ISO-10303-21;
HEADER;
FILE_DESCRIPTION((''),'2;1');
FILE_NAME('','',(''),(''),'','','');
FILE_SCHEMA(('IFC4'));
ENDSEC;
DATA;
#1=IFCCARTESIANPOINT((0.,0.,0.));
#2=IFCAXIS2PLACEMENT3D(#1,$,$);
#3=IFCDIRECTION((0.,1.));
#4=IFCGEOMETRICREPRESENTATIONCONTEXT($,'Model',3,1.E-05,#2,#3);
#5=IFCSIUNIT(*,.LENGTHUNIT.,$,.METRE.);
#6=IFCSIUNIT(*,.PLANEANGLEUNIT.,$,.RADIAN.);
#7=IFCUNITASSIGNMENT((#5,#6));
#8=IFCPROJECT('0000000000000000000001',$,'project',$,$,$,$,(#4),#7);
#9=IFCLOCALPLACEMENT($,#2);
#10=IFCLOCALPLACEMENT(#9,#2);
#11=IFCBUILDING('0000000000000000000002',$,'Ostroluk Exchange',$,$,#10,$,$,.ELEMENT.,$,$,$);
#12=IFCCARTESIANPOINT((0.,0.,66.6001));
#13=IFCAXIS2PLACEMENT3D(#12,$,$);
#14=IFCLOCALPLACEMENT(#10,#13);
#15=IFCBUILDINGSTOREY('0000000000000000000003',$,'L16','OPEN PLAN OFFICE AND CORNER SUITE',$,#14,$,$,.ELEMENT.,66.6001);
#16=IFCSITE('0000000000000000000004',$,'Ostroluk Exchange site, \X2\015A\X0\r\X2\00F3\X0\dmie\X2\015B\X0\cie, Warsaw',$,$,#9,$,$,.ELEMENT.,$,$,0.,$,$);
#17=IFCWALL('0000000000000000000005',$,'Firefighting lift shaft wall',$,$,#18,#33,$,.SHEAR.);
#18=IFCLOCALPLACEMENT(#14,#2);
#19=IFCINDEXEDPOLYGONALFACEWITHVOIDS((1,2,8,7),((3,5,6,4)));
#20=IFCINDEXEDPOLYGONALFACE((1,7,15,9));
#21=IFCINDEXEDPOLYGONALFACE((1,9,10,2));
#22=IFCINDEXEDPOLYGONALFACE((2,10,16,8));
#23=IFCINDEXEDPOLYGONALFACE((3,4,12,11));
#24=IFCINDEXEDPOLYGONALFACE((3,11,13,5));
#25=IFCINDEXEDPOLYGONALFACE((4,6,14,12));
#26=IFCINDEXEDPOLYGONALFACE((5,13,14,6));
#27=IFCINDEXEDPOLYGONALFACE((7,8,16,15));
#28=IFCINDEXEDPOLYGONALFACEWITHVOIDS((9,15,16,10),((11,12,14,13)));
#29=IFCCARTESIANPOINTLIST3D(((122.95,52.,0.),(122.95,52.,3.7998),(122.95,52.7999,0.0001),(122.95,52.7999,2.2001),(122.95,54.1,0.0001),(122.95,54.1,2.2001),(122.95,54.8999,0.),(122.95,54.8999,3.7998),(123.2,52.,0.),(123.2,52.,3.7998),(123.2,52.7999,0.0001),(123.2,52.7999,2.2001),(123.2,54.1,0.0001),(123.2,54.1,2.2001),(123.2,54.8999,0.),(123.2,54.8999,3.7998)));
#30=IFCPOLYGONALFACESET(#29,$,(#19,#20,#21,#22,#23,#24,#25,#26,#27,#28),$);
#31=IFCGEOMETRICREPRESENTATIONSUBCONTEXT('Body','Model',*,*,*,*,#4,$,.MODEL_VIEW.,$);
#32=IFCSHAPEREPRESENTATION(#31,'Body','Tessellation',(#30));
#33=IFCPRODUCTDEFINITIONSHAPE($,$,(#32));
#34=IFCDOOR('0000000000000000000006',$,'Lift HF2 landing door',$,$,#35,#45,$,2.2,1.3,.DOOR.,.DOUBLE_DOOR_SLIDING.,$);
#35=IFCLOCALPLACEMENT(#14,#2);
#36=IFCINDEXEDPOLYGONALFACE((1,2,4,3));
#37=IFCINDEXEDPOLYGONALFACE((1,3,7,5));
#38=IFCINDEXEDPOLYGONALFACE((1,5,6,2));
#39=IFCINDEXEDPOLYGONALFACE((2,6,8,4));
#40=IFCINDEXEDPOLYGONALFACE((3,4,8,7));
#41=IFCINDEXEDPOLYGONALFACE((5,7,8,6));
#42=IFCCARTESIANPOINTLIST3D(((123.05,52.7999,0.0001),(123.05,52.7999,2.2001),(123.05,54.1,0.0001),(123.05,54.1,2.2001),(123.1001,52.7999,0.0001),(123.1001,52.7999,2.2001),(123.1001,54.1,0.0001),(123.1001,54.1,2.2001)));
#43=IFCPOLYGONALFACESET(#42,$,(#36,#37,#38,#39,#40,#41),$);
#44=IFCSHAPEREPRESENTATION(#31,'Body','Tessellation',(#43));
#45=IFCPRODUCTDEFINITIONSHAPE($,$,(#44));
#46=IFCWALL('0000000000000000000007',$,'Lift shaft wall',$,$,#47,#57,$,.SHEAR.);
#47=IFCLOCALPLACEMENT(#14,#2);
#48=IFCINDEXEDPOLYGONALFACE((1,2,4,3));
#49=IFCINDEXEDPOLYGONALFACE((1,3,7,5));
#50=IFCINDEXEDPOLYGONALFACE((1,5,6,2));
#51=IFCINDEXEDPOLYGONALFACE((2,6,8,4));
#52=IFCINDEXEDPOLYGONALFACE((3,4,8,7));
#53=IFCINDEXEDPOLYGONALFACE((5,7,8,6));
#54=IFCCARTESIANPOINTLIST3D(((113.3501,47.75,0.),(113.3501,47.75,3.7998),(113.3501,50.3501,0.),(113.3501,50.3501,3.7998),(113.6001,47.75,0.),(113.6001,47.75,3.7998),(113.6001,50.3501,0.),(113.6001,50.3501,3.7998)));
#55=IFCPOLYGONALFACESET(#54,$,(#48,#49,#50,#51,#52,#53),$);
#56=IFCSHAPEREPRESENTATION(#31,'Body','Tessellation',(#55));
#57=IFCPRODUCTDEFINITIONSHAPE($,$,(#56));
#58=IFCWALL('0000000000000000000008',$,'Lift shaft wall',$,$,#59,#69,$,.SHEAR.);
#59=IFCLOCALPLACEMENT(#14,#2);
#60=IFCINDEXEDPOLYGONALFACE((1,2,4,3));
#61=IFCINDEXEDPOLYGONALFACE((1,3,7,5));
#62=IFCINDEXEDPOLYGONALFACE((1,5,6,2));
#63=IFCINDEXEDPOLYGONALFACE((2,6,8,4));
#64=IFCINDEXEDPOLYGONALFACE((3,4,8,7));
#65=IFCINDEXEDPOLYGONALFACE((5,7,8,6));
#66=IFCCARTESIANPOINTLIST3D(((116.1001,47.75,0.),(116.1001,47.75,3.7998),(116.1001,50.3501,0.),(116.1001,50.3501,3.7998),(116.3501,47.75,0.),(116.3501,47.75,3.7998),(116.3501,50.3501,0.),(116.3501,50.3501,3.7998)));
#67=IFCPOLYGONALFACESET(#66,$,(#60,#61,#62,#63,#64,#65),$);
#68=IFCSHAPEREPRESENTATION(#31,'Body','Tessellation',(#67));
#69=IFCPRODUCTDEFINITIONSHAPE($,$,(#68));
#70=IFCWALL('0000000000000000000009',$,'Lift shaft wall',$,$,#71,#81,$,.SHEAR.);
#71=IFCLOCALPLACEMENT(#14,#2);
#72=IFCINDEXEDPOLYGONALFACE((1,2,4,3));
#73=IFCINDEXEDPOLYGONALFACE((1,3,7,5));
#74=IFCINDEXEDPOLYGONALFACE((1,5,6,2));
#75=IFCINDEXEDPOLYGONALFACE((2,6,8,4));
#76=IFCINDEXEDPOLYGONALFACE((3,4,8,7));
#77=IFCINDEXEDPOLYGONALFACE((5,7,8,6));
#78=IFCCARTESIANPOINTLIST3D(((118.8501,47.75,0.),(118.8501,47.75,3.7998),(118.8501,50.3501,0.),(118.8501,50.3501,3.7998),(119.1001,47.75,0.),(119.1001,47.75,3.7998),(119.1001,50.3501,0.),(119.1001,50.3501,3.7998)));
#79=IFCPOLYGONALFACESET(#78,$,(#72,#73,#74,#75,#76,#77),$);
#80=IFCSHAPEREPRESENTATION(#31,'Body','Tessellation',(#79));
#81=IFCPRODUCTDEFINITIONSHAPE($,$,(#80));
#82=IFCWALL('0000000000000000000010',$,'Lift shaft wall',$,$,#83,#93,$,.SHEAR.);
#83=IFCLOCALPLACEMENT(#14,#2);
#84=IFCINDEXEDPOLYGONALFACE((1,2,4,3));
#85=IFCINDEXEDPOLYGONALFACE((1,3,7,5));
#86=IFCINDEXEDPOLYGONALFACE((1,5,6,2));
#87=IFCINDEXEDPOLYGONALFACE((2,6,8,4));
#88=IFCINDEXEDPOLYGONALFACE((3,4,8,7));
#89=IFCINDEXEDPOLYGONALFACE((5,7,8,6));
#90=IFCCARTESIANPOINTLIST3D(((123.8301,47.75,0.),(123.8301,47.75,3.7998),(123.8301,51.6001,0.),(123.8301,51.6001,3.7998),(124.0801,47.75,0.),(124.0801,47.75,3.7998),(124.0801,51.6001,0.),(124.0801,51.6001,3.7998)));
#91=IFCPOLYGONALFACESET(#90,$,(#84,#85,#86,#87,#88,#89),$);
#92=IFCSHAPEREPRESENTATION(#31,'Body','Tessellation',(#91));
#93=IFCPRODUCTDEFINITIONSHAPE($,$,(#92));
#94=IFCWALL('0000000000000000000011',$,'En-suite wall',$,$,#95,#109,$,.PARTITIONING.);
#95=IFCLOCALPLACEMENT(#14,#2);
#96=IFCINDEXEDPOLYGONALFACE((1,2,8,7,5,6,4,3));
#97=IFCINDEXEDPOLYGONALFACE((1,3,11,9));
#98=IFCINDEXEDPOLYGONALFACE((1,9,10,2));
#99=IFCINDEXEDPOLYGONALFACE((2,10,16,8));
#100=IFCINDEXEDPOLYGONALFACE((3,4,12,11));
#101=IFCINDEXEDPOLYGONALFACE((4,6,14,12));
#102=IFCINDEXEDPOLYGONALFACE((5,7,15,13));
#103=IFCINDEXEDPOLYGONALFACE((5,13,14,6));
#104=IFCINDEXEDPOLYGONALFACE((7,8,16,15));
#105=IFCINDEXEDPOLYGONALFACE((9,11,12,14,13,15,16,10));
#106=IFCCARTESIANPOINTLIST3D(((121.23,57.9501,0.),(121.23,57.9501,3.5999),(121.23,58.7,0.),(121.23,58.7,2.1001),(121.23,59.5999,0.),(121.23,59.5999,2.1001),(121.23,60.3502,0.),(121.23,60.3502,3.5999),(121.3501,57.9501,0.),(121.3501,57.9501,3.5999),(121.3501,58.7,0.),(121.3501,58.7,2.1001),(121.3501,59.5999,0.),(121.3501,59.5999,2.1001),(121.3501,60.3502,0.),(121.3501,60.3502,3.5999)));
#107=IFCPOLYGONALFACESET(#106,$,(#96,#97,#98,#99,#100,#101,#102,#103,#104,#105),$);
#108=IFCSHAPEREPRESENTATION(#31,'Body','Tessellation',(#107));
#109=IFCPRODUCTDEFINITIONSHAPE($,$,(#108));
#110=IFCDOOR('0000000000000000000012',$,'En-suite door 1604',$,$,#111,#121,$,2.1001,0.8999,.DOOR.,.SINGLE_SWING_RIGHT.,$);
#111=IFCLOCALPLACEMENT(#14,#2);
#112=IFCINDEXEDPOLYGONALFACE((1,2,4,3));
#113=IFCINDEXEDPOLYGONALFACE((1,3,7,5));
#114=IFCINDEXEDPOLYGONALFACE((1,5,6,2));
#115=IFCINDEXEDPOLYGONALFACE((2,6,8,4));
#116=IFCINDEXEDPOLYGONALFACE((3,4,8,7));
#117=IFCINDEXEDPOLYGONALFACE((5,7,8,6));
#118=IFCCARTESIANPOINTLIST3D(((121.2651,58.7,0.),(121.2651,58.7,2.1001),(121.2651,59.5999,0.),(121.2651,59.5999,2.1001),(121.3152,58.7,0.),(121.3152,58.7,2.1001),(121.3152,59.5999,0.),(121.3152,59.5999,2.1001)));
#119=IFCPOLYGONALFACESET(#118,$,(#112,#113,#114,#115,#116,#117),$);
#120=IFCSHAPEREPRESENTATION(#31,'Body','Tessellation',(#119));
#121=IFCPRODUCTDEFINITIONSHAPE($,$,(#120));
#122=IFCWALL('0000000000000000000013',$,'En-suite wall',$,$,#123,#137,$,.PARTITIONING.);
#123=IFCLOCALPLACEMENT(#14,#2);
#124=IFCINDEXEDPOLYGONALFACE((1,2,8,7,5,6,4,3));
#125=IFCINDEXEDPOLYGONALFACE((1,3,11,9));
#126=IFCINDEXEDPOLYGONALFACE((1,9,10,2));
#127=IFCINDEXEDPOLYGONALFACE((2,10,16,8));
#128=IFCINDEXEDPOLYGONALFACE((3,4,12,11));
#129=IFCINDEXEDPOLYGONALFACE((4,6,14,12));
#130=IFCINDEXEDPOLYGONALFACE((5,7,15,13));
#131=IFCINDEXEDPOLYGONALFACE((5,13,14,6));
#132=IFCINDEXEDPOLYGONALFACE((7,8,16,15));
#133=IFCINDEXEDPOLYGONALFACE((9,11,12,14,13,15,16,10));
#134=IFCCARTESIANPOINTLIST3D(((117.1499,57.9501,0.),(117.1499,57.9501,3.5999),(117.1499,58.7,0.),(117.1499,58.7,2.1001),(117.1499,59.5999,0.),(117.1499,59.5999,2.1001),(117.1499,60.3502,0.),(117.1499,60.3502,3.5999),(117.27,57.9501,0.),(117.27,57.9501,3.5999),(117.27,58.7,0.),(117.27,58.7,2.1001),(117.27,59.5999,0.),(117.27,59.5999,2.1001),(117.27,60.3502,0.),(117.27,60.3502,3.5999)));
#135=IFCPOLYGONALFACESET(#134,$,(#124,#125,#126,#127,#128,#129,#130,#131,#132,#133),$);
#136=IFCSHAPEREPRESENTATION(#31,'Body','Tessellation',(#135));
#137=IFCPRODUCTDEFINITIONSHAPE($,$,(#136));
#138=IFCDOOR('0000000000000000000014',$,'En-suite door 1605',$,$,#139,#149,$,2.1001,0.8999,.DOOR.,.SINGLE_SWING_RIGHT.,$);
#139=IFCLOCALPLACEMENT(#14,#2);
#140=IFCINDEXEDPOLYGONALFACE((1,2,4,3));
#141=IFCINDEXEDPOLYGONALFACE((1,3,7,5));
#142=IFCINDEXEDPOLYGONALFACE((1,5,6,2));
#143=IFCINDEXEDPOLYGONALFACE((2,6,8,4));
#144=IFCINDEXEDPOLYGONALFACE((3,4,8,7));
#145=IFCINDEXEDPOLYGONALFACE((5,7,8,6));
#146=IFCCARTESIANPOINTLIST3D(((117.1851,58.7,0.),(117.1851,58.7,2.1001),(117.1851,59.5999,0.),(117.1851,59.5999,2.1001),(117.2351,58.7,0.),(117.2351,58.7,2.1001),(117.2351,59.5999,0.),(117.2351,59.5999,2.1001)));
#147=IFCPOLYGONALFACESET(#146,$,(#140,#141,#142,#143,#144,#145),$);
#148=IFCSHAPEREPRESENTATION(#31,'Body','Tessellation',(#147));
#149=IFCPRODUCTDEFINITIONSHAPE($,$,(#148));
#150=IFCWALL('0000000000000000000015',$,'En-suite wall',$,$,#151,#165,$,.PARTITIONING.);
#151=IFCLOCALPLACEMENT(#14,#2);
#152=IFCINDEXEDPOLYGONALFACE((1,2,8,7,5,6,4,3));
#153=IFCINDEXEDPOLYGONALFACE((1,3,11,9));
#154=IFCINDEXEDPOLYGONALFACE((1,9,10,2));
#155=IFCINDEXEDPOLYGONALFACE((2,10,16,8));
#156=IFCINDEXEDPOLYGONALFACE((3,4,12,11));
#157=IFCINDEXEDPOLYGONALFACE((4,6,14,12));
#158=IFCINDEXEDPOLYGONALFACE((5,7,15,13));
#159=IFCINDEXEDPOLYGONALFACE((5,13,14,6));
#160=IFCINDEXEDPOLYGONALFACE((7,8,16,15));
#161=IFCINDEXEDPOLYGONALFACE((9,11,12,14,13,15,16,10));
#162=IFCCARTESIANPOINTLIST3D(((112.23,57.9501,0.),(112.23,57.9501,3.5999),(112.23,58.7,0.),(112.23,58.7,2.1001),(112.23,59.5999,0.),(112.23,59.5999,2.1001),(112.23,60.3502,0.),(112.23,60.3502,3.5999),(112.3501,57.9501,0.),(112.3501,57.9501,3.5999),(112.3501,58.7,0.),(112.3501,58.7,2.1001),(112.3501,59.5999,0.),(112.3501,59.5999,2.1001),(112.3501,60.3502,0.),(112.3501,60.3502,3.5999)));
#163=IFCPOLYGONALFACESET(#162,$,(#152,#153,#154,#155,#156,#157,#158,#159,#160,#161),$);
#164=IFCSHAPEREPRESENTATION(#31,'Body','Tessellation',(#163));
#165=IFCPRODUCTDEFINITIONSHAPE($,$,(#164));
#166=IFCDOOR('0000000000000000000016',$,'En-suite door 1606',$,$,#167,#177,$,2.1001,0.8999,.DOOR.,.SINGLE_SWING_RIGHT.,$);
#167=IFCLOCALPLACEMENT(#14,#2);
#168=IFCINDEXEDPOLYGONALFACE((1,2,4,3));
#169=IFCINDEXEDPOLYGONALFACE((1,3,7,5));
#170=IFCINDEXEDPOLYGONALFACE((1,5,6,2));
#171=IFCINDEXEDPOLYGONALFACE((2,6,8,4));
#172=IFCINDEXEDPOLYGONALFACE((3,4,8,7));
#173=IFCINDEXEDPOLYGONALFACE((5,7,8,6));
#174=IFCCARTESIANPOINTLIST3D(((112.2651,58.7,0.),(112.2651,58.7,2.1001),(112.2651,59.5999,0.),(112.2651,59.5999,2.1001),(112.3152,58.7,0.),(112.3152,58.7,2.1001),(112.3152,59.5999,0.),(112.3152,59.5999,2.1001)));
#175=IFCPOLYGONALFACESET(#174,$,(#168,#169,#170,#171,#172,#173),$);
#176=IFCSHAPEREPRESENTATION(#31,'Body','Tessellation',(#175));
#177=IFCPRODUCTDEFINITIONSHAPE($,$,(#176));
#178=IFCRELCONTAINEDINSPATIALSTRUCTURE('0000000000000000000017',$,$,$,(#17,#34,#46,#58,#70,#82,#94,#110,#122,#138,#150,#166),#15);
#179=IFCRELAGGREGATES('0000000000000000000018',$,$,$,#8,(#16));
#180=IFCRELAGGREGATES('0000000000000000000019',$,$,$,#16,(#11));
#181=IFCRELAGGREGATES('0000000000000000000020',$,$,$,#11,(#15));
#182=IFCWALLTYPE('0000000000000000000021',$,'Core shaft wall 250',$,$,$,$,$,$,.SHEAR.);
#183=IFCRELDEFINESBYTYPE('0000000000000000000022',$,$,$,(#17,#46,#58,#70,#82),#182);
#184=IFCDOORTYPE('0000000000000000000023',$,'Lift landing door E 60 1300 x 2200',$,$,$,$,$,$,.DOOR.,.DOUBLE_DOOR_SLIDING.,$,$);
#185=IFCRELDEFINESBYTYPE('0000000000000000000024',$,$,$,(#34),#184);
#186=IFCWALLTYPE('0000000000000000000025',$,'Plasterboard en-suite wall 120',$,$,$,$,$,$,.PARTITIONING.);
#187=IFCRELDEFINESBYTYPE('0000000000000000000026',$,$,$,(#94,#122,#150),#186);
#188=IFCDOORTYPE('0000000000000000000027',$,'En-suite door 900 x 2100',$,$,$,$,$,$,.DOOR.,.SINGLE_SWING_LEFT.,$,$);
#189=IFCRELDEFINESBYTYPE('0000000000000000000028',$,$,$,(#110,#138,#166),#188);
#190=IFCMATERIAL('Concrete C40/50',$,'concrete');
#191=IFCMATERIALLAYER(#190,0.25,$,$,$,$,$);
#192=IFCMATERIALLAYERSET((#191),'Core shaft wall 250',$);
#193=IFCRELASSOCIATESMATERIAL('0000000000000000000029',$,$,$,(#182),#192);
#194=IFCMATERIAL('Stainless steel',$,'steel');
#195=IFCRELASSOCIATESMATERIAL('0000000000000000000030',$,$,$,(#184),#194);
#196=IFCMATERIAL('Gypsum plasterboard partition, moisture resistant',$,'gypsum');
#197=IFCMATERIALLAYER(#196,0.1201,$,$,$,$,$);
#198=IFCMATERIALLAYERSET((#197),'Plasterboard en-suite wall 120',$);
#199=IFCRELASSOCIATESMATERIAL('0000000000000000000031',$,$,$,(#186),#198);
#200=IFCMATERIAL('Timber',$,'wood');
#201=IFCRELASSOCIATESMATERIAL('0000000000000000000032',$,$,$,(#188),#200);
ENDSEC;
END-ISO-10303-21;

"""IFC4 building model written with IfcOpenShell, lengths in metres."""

from ifc_helpers import new_model, si_unit, direction, frame, frame_2d, origin, place, context, subcontext, project, spatial, rectangle, extrude, material, layer, layer_set, type_object, element, fill, save


model = new_model("IFC4")

# Units and contexts
model_context = context("Model", 3, precision=1e-05, world=origin(), true_north=direction((0.0, 1.0)))
body_context = subcontext(model_context, "Body", "Model", "MODEL_VIEW")
ifc_project = project(units=[si_unit("LENGTHUNIT", "METRE"), si_unit("PLANEANGLEUNIT", "RADIAN")], contexts=[model_context])

# Site, building, storey
site_placement = place(None, origin())
site = spatial("IfcSite", under=ifc_project, at=site_placement, Name="Ostroluk Exchange site, Śródmieście, Warsaw", CompositionType="ELEMENT", RefElevation=0.0)
building_placement = place(site_placement, origin())
building = spatial("IfcBuilding", under=site, at=building_placement, Name="Ostroluk Exchange", CompositionType="ELEMENT")
storey_placement = place(building_placement, frame((0.0, 0.0, 66.6001)))
storey = spatial("IfcBuildingStorey", under=building, at=storey_placement, Name="L16", Description="OPEN PLAN OFFICE AND CORNER SUITE", CompositionType="ELEMENT", Elevation=66.6001)

# Shared definitions
ifc_material_1 = material(Name="Concrete C40/50", Category="concrete")
ifc_layer_1 = layer(ifc_material_1, 0.25)
ifc_layer_set_1 = layer_set([ifc_layer_1], Name="Core shaft wall 250")
wall_type_1 = type_object("IfcWallType", Name="Core shaft wall 250", PredefinedType="SHEAR", material=ifc_layer_set_1)

# Wall, opening, door
wall_1_placement = place(storey_placement, frame((123.075, 52.0, 0.0), z_axis=(0.0, 0.0, 1.0), x_axis=(0.0, 1.0, 0.0)))
wall_1 = element("IfcWall", 1, at=wall_1_placement, inside=storey, type_object=wall_type_1, Name="Firefighting lift shaft wall", PredefinedType="SHEAR", context=body_context, shape_type="SweptSolid", body=[
    extrude(rectangle(XDim=2.8999, YDim=0.25, at=frame_2d((1.45, 0.0))), origin(), (0.0, 0.0, 1.0), 3.7998),
])
opening_1_placement = place(wall_1_placement, frame((0.8, 0.0, 0.0)))
opening_1 = element("IfcOpeningElement", 2, at=opening_1_placement, cuts=wall_1, PredefinedType="OPENING", context=body_context, shape_type="SweptSolid", body=[
    extrude(rectangle(XDim=1.3, YDim=2.2, at=frame_2d((0.6499, 1.1001))), frame((0.0, 0.135, 0.0), z_axis=(0.0, -1.0, 0.0), x_axis=(1.0, 0.0, 0.0)), (0.0, 0.0, 1.0), 0.27),
])
ifc_material_2 = material(Name="Stainless steel", Category="steel")
door_type_1 = type_object("IfcDoorType", Name="Lift landing door E 60 1300 x 2200", OperationType="DOUBLE_DOOR_SLIDING", PredefinedType="DOOR", material=ifc_material_2)
door_1_placement = place(opening_1_placement, origin())
door_1 = element("IfcDoor", 3, at=door_1_placement, inside=storey, type_object=door_type_1, Name="Lift HF2 landing door", OperationType="DOUBLE_DOOR_SLIDING", OverallHeight=2.2, OverallWidth=1.3, PredefinedType="DOOR", context=body_context, shape_type="SweptSolid", body=[
    extrude(rectangle(XDim=1.3, YDim=2.2, at=frame_2d((0.6499, 1.1001))), frame((0.0, 0.0249, 0.0), z_axis=(0.0, -1.0, 0.0), x_axis=(1.0, 0.0, 0.0)), (0.0, 0.0, 1.0), 0.05),
])
fill(opening_1, door_1)

# Walls
for number, where, z_axis, x_axis, name in (
    (4, (113.4751, 47.75, 0.0), (0.0, 0.0, 1.0), (0.0, 1.0, 0.0), "Lift shaft wall"),
    (5, (116.2251, 47.75, 0.0), (0.0, 0.0, 1.0), (0.0, 1.0, 0.0), "Lift shaft wall"),
    (6, (118.9751, 47.75, 0.0), (0.0, 0.0, 1.0), (0.0, 1.0, 0.0), "Lift shaft wall"),
):
    element("IfcWall", number, at=place(storey_placement, frame(where, z_axis=z_axis, x_axis=x_axis)), inside=storey, type_object=wall_type_1, Name=name, PredefinedType="SHEAR", context=body_context, shape_type="SweptSolid", body=[
        extrude(rectangle(XDim=2.6001, YDim=0.25, at=frame_2d((1.3, 0.0))), origin(), (0.0, 0.0, 1.0), 3.7998),
    ])
wall_2_placement = place(storey_placement, frame((123.9551, 47.75, 0.0), z_axis=(0.0, 0.0, 1.0), x_axis=(0.0, 1.0, 0.0)))
element("IfcWall", 7, at=wall_2_placement, inside=storey, type_object=wall_type_1, Name="Lift shaft wall", PredefinedType="SHEAR", context=body_context, shape_type="SweptSolid", body=[
    extrude(rectangle(XDim=3.8501, YDim=0.25, at=frame_2d((1.925, 0.0))), origin(), (0.0, 0.0, 1.0), 3.7998),
])

# Walls, openings, doors
ifc_material_3 = material(Name="Gypsum plasterboard partition, moisture resistant", Category="gypsum")
ifc_layer_2 = layer(ifc_material_3, 0.1201)
ifc_layer_set_2 = layer_set([ifc_layer_2], Name="Plasterboard en-suite wall 120")
wall_type_2 = type_object("IfcWallType", Name="Plasterboard en-suite wall 120", PredefinedType="PARTITIONING", material=ifc_layer_set_2)
wall_3_placement = place(storey_placement, frame((121.29, 57.95, 0.0), z_axis=(0.0, 0.0, 1.0), x_axis=(0.0, 1.0, 0.0)))
wall_3 = element("IfcWall", 8, at=wall_3_placement, inside=storey, type_object=wall_type_2, Name="En-suite wall", PredefinedType="PARTITIONING", context=body_context, shape_type="SweptSolid", body=[
    extrude(rectangle(XDim=2.4001, YDim=0.1201, at=frame_2d((1.2002, 0.0))), origin(), (0.0, 0.0, 1.0), 3.5999),
])
opening_2_placement = place(wall_3_placement, frame((0.75, 0.0, 0.0)))
opening_2 = element("IfcOpeningElement", 9, at=opening_2_placement, cuts=wall_3, PredefinedType="OPENING", context=body_context, shape_type="SweptSolid", body=[
    extrude(rectangle(XDim=0.8999, YDim=2.1001, at=frame_2d((0.45, 1.05))), frame((0.0, 0.0701, 0.0), z_axis=(0.0, -1.0, 0.0), x_axis=(1.0, 0.0, 0.0)), (0.0, 0.0, 1.0), 0.1401),
])
ifc_material_4 = material(Name="Timber", Category="wood")
door_type_2 = type_object("IfcDoorType", Name="En-suite door 900 x 2100", OperationType="SINGLE_SWING_LEFT", PredefinedType="DOOR", material=ifc_material_4)
door_2_placement = place(opening_2_placement, origin())
door_2 = element("IfcDoor", 10, at=door_2_placement, inside=storey, type_object=door_type_2, Name="En-suite door 1604", OperationType="SINGLE_SWING_RIGHT", OverallHeight=2.1001, OverallWidth=0.8999, PredefinedType="DOOR", context=body_context, shape_type="SweptSolid", body=[
    extrude(rectangle(XDim=0.8999, YDim=2.1001, at=frame_2d((0.45, 1.05))), frame((0.0, 0.0249, 0.0), z_axis=(0.0, -1.0, 0.0), x_axis=(1.0, 0.0, 0.0)), (0.0, 0.0, 1.0), 0.05),
])
fill(opening_2, door_2)
wall_4_placement = place(storey_placement, frame((117.21, 57.95, 0.0), z_axis=(0.0, 0.0, 1.0), x_axis=(0.0, 1.0, 0.0)))
wall_4 = element("IfcWall", 11, at=wall_4_placement, inside=storey, type_object=wall_type_2, Name="En-suite wall", PredefinedType="PARTITIONING", context=body_context, shape_type="SweptSolid", body=[
    extrude(rectangle(XDim=2.4001, YDim=0.1201, at=frame_2d((1.2002, 0.0))), origin(), (0.0, 0.0, 1.0), 3.5999),
])
opening_3_placement = place(wall_4_placement, frame((0.75, 0.0, 0.0)))
opening_3 = element("IfcOpeningElement", 12, at=opening_3_placement, cuts=wall_4, PredefinedType="OPENING", context=body_context, shape_type="SweptSolid", body=[
    extrude(rectangle(XDim=0.8999, YDim=2.1001, at=frame_2d((0.45, 1.05))), frame((0.0, 0.0701, 0.0), z_axis=(0.0, -1.0, 0.0), x_axis=(1.0, 0.0, 0.0)), (0.0, 0.0, 1.0), 0.1401),
])
door_3_placement = place(opening_3_placement, origin())
door_3 = element("IfcDoor", 13, at=door_3_placement, inside=storey, type_object=door_type_2, Name="En-suite door 1605", OperationType="SINGLE_SWING_RIGHT", OverallHeight=2.1001, OverallWidth=0.8999, PredefinedType="DOOR", context=body_context, shape_type="SweptSolid", body=[
    extrude(rectangle(XDim=0.8999, YDim=2.1001, at=frame_2d((0.45, 1.05))), frame((0.0, 0.0249, 0.0), z_axis=(0.0, -1.0, 0.0), x_axis=(1.0, 0.0, 0.0)), (0.0, 0.0, 1.0), 0.05),
])
fill(opening_3, door_3)
wall_5_placement = place(storey_placement, frame((112.29, 57.95, 0.0), z_axis=(0.0, 0.0, 1.0), x_axis=(0.0, 1.0, 0.0)))
wall_5 = element("IfcWall", 14, at=wall_5_placement, inside=storey, type_object=wall_type_2, Name="En-suite wall", PredefinedType="PARTITIONING", context=body_context, shape_type="SweptSolid", body=[
    extrude(rectangle(XDim=2.4001, YDim=0.1201, at=frame_2d((1.2002, 0.0))), origin(), (0.0, 0.0, 1.0), 3.5999),
])
opening_4_placement = place(wall_5_placement, frame((0.75, 0.0, 0.0)))
opening_4 = element("IfcOpeningElement", 15, at=opening_4_placement, cuts=wall_5, PredefinedType="OPENING", context=body_context, shape_type="SweptSolid", body=[
    extrude(rectangle(XDim=0.8999, YDim=2.1001, at=frame_2d((0.45, 1.05))), frame((0.0, 0.0701, 0.0), z_axis=(0.0, -1.0, 0.0), x_axis=(1.0, 0.0, 0.0)), (0.0, 0.0, 1.0), 0.1401),
])
door_4_placement = place(opening_4_placement, origin())
door_4 = element("IfcDoor", 16, at=door_4_placement, inside=storey, type_object=door_type_2, Name="En-suite door 1606", OperationType="SINGLE_SWING_RIGHT", OverallHeight=2.1001, OverallWidth=0.8999, PredefinedType="DOOR", context=body_context, shape_type="SweptSolid", body=[
    extrude(rectangle(XDim=0.8999, YDim=2.1001, at=frame_2d((0.45, 1.05))), frame((0.0, 0.0249, 0.0), z_axis=(0.0, -1.0, 0.0), x_axis=(1.0, 0.0, 0.0)), (0.0, 0.0, 1.0), 0.05),
])
fill(opening_4, door_4)

save(model, "model.ifc")
